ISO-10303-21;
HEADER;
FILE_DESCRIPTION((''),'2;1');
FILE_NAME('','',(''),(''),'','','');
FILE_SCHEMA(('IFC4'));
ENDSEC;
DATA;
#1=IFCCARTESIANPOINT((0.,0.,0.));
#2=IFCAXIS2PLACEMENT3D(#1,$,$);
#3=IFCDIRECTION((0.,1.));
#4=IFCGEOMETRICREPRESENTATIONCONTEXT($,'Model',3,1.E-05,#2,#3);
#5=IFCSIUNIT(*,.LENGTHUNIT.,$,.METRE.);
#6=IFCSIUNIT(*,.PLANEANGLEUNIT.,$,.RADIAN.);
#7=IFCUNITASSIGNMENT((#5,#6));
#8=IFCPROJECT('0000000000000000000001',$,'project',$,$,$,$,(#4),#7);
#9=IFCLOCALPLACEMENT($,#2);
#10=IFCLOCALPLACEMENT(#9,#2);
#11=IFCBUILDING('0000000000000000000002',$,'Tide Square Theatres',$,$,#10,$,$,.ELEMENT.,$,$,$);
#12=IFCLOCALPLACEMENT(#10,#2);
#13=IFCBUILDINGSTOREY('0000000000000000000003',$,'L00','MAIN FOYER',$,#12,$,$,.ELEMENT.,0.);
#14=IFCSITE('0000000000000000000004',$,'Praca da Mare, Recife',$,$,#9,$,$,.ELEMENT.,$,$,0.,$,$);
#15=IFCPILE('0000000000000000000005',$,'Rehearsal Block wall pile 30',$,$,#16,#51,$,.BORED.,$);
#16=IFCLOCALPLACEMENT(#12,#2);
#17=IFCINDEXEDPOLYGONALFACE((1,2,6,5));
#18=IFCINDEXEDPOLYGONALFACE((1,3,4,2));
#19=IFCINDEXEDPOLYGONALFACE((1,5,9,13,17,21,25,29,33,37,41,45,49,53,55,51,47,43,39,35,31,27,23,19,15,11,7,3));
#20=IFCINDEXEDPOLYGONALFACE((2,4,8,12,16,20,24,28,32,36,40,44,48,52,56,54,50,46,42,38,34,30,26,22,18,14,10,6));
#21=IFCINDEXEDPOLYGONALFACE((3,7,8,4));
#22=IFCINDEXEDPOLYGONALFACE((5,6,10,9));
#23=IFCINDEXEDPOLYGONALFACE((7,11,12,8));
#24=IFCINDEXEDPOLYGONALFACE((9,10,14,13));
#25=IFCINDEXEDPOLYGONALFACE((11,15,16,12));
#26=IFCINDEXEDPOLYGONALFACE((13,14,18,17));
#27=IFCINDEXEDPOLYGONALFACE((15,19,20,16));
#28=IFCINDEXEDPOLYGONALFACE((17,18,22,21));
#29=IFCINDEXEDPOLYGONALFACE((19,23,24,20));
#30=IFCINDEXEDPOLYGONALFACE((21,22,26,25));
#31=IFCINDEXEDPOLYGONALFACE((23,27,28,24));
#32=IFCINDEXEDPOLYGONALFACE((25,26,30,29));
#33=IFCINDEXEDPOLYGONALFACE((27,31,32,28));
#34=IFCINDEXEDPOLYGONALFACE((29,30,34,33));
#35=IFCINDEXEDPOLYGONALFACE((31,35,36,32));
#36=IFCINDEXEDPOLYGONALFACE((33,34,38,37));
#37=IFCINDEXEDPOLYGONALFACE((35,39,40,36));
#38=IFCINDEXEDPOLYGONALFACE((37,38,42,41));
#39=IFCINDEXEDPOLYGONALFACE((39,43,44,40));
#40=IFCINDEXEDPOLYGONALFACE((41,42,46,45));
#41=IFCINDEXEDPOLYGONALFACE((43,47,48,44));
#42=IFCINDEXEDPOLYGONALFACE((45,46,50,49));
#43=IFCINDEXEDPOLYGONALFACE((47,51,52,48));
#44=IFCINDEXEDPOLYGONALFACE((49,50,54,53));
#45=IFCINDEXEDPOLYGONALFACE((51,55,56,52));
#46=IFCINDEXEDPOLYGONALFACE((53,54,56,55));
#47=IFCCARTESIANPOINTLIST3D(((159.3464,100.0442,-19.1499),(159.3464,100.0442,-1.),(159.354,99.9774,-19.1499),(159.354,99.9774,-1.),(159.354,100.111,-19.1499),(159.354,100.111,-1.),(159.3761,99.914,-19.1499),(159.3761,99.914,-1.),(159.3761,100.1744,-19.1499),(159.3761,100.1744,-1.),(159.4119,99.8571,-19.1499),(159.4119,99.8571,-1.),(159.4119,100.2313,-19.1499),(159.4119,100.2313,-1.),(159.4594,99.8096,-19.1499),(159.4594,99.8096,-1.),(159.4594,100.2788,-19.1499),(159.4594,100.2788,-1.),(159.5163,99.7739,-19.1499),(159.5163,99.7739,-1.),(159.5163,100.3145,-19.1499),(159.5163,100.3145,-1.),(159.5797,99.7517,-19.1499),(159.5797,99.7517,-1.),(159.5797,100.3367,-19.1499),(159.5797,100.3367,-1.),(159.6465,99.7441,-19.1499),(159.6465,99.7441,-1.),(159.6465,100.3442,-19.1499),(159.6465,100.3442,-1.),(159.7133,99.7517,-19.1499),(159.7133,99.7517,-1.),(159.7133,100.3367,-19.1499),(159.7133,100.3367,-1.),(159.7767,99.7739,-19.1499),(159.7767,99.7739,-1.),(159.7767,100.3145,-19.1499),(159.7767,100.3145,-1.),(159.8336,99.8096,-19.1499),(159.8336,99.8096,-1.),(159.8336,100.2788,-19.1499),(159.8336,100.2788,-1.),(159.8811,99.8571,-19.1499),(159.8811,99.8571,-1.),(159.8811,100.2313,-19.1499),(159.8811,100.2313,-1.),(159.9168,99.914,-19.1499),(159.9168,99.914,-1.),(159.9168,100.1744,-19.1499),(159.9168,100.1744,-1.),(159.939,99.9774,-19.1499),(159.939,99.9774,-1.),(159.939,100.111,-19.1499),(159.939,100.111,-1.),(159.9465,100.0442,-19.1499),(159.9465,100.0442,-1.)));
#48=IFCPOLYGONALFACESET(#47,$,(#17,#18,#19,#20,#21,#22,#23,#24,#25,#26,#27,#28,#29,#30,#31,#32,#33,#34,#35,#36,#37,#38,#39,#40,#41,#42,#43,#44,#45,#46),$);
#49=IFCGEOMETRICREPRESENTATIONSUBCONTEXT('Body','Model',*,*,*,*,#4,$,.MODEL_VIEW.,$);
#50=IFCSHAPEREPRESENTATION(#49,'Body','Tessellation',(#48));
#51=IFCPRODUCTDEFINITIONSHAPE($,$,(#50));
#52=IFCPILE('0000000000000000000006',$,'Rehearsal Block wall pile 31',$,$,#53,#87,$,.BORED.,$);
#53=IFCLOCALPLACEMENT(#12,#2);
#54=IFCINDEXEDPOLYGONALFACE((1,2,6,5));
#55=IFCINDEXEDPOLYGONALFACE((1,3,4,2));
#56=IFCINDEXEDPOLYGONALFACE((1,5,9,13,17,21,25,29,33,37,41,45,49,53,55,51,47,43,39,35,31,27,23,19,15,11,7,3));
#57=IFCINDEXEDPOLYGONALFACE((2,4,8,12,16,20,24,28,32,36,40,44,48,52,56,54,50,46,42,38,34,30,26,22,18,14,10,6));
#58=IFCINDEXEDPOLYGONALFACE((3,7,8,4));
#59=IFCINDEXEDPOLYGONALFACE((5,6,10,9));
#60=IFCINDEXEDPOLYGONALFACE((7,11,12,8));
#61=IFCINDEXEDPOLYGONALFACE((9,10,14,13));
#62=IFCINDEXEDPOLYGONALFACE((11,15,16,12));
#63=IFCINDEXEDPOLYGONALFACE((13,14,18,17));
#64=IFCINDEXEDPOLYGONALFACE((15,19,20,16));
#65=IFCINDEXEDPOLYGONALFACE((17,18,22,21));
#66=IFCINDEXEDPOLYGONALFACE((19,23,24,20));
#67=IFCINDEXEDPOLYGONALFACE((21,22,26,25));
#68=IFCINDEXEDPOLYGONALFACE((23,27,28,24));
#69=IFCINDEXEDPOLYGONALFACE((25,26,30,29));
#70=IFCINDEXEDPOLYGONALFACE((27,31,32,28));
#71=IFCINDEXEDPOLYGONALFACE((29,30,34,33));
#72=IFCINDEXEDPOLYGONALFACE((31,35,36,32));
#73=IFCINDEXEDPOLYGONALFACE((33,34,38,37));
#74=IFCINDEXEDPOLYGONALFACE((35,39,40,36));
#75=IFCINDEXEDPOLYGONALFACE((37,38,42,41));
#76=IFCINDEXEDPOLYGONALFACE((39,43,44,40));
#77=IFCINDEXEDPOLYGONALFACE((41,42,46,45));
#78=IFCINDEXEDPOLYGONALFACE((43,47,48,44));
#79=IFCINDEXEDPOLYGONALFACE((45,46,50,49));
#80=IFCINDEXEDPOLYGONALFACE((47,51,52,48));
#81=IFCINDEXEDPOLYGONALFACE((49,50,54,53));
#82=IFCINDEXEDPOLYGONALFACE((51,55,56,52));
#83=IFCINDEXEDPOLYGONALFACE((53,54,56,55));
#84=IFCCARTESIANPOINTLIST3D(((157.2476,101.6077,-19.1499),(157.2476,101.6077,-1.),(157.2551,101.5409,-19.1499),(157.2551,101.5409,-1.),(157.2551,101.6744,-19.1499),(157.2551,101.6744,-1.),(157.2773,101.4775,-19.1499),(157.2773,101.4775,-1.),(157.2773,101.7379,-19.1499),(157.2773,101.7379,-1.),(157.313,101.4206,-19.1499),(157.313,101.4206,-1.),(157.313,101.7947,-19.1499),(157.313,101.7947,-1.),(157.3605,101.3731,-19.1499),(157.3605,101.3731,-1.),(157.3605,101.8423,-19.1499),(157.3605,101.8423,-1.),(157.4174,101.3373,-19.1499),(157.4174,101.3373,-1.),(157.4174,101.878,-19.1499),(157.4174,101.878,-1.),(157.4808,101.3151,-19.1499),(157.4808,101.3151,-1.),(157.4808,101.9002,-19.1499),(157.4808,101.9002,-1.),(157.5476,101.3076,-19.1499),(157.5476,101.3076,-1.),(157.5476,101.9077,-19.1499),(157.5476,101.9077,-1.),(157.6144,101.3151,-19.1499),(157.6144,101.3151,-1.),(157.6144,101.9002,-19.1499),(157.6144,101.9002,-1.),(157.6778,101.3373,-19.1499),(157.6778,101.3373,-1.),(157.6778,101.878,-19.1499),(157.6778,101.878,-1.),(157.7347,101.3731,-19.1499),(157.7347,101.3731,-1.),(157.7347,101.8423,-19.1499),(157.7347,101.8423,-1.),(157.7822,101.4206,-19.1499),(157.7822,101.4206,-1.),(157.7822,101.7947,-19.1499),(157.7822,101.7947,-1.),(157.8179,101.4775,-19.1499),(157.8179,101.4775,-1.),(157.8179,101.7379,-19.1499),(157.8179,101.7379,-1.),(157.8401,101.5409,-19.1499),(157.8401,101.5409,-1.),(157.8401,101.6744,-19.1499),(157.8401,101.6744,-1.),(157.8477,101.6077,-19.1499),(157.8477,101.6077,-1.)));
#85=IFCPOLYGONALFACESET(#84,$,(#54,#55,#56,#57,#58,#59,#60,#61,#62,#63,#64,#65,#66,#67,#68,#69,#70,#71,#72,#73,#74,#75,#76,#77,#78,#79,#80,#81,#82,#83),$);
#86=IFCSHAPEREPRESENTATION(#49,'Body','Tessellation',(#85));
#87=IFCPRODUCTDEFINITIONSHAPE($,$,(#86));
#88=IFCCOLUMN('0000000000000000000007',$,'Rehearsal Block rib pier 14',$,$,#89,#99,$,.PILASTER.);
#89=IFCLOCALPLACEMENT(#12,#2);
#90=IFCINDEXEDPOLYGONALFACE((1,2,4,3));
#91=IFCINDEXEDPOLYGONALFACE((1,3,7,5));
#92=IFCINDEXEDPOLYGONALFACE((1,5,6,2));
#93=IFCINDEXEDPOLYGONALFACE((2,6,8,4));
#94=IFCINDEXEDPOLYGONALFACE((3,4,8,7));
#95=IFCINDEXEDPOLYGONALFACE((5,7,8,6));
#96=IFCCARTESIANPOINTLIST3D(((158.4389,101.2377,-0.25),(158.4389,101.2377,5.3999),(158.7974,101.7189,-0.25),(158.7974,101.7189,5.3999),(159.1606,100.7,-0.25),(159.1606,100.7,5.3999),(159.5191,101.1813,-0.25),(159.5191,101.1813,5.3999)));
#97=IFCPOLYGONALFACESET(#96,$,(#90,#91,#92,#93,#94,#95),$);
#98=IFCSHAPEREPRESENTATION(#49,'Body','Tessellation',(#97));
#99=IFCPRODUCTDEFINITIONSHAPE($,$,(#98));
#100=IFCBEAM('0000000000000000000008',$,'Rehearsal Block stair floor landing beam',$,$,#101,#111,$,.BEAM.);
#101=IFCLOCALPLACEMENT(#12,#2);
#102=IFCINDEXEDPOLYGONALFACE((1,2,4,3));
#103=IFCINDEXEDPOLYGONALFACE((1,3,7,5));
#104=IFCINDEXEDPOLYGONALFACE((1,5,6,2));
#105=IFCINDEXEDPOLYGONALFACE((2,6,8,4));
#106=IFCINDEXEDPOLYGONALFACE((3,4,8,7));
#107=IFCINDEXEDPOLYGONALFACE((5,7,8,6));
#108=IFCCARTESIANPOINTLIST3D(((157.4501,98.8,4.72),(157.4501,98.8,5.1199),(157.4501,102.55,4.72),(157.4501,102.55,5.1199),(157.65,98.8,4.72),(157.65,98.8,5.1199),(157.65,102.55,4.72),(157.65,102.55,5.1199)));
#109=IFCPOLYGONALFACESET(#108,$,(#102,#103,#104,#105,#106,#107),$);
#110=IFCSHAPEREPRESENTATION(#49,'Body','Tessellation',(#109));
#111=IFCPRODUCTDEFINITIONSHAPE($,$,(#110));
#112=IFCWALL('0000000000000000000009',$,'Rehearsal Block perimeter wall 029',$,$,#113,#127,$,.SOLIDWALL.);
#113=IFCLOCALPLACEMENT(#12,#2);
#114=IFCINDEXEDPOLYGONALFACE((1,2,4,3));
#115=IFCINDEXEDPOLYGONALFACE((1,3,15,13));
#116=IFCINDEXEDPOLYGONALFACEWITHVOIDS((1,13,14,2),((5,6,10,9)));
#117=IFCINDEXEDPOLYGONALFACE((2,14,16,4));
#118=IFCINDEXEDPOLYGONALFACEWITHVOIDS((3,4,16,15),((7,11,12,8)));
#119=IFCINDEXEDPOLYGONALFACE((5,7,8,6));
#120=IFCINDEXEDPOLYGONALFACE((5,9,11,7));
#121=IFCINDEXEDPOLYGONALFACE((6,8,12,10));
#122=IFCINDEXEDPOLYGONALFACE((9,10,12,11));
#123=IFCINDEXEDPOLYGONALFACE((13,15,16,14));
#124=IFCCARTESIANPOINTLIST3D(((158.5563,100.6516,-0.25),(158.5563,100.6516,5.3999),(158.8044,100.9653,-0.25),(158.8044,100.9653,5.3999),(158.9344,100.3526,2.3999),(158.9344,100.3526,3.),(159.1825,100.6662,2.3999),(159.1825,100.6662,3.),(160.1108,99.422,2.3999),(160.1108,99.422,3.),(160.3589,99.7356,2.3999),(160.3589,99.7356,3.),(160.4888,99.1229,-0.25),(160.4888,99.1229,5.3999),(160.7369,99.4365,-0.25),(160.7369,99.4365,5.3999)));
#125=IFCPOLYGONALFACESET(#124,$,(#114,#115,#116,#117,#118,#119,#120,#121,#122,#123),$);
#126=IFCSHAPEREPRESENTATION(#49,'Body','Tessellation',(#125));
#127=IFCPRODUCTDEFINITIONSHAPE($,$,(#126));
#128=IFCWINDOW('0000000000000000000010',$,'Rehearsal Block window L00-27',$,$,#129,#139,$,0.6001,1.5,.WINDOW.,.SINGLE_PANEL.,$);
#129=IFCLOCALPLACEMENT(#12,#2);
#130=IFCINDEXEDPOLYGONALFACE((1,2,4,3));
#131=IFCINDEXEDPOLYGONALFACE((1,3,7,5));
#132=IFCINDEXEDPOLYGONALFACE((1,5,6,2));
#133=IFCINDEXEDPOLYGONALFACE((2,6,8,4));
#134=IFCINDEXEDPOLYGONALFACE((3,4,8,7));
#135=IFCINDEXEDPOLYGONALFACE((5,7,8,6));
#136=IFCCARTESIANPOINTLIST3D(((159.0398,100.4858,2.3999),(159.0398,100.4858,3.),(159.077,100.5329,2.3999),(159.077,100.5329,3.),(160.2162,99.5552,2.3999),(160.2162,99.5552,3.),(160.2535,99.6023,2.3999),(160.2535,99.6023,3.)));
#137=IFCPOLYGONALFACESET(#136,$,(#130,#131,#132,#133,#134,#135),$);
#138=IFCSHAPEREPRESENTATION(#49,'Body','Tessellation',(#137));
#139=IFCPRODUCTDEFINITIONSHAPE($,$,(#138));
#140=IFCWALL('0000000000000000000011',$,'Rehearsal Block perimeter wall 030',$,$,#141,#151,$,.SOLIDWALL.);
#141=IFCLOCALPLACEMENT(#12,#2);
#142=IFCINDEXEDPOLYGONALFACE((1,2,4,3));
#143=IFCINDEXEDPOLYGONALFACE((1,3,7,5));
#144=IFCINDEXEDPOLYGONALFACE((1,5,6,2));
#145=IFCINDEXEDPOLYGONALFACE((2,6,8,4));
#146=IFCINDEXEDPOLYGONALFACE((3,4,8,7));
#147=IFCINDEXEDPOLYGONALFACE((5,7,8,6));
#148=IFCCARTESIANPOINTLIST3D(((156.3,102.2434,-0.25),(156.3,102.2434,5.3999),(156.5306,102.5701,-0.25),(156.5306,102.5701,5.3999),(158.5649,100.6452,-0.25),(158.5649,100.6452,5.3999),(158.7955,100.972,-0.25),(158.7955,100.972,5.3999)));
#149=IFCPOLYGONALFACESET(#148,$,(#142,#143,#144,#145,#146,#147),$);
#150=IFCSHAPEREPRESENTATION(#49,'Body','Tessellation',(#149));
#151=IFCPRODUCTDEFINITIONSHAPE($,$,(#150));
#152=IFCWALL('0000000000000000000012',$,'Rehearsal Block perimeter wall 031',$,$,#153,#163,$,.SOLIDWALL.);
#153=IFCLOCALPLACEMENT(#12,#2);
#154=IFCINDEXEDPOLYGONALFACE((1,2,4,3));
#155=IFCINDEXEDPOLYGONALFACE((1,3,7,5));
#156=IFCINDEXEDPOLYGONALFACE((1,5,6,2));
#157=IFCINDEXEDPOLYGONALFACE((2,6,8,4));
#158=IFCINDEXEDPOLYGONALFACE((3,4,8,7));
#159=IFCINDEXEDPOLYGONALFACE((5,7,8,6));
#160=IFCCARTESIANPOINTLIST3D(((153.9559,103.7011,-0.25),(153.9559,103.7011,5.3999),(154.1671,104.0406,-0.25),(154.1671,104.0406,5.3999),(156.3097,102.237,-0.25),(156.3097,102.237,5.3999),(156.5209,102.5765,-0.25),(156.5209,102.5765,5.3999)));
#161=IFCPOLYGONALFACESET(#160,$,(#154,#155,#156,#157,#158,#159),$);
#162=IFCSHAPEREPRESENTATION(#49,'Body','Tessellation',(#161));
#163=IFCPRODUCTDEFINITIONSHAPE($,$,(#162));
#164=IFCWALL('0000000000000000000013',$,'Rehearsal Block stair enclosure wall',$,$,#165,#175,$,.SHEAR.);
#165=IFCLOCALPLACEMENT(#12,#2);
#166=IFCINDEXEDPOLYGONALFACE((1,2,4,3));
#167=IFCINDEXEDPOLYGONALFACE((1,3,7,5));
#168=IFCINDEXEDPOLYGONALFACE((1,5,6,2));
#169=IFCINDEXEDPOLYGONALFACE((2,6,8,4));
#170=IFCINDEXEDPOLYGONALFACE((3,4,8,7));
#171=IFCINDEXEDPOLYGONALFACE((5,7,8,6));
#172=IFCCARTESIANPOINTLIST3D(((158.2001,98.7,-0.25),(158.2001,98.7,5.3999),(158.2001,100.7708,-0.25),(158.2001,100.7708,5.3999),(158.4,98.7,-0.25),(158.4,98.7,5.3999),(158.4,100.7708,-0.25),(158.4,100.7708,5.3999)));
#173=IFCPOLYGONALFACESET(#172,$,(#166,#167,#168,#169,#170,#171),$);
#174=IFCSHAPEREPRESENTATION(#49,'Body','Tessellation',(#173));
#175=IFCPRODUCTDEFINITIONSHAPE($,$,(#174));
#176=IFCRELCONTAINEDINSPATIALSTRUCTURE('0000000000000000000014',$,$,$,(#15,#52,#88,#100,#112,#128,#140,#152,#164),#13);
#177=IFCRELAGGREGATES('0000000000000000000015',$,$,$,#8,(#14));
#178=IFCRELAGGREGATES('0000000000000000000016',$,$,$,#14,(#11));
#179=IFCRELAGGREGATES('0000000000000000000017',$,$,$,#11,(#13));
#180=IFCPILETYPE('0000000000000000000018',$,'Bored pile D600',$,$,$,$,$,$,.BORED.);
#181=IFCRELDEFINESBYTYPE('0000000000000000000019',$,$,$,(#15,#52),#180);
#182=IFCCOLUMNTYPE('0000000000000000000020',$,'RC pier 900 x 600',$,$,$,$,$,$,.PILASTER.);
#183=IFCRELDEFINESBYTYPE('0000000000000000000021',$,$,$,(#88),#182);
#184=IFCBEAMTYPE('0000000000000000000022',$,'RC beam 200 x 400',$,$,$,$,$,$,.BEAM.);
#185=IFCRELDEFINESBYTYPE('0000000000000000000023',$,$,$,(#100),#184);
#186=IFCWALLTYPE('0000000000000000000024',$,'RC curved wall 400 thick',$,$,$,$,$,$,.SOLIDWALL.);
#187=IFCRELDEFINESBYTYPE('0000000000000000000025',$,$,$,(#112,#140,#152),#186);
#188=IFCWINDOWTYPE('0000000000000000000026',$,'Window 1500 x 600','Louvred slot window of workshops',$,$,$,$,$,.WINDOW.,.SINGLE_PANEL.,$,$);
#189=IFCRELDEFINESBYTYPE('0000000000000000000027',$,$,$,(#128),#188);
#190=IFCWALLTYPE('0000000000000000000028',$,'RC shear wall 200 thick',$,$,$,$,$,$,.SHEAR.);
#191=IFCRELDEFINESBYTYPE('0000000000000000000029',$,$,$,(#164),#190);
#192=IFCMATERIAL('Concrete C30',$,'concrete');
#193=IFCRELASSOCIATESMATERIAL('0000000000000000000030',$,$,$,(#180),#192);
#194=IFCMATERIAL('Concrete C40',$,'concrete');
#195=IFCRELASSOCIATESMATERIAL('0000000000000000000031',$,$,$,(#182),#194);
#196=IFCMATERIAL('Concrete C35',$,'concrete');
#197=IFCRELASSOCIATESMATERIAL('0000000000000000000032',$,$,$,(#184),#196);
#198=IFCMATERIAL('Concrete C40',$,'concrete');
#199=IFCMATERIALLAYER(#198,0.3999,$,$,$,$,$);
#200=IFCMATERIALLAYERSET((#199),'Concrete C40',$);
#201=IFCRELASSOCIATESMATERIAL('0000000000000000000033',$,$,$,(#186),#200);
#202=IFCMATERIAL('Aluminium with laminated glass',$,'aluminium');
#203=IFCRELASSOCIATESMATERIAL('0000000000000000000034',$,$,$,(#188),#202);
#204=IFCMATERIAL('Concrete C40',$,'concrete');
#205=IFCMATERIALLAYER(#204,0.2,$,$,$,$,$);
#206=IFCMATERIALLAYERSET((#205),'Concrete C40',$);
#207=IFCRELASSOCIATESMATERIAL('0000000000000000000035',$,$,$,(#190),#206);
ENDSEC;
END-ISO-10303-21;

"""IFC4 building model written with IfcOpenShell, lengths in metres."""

from ifc_helpers import new_model, si_unit, direction, frame, frame_2d, origin, origin_2d, place, context, subcontext, project, spatial, rectangle, circle, extrude, material, layer, layer_set, material_profile, profile_set, type_object, element, fill, save


model = new_model("IFC4")

# Units and contexts
model_context = context("Model", 3, precision=1e-05, world=origin(), true_north=direction((0.0, 1.0)))
body_context = subcontext(model_context, "Body", "Model", "MODEL_VIEW")
ifc_project = project(units=[si_unit("LENGTHUNIT", "METRE"), si_unit("PLANEANGLEUNIT", "RADIAN")], contexts=[model_context])

# Site, building, storey
site_placement = place(None, origin())
site = spatial("IfcSite", under=ifc_project, at=site_placement, Name="Praca da Mare, Recife", CompositionType="ELEMENT", RefElevation=0.0)
building_placement = place(site_placement, origin())
building = spatial("IfcBuilding", under=site, at=building_placement, Name="Tide Square Theatres", CompositionType="ELEMENT")
storey_placement = place(building_placement, origin())
storey = spatial("IfcBuildingStorey", under=building, at=storey_placement, Name="L00", Description="MAIN FOYER", CompositionType="ELEMENT", Elevation=0.0)

# Piles
ifc_material_1 = material(Name="Concrete C30", Category="concrete")
ifc_material_profile_1 = material_profile(ifc_material_1, circle(Radius=0.3, at=origin_2d()))
ifc_profile_set_1 = profile_set([ifc_material_profile_1], Name="Concrete C30")
pile_type = type_object("IfcPileType", Name="Bored pile D600", PredefinedType="BORED", material=ifc_profile_set_1)
for number, where, z_axis, x_axis, name in (
    (1, (159.6465, 100.0442, -1.0), (0.0, 0.0, -1.0), (1.0, 0.0, 0.0), "Rehearsal Block wall pile 30"),
    (2, (157.5476, 101.6077, -1.0), (0.0, 0.0, -1.0), (1.0, 0.0, 0.0), "Rehearsal Block wall pile 31"),
):
    element("IfcPile", number, at=place(storey_placement, frame(where, z_axis=z_axis, x_axis=x_axis)), inside=storey, type_object=pile_type, Name=name, PredefinedType="BORED", context=body_context, shape_type="SweptSolid", body=[
        extrude(circle(Radius=0.3, at=origin_2d()), origin(), (0.0, 0.0, 1.0), 18.1499),
    ])

# Column
ifc_material_2 = material(Name="Concrete C40", Category="concrete")
ifc_material_profile_2 = material_profile(ifc_material_2, rectangle(XDim=0.8999, YDim=0.6001, at=origin_2d()))
ifc_profile_set_2 = profile_set([ifc_material_profile_2], Name="Concrete C40")
column_type = type_object("IfcColumnType", Name="RC pier 900 x 600", PredefinedType="PILASTER", material=ifc_profile_set_2)
column_placement = place(storey_placement, frame((158.979, 101.2095, -0.25), z_axis=(0.0, 0.0, 1.0), x_axis=(-0.801928, 0.597421, 0.0)))
element("IfcColumn", 3, at=column_placement, inside=storey, type_object=column_type, Name="Rehearsal Block rib pier 14", PredefinedType="PILASTER", context=body_context, shape_type="SweptSolid", body=[
    extrude(rectangle(XDim=0.8999, YDim=0.6001, at=origin_2d()), origin(), (0.0, 0.0, 1.0), 5.6499),
])

# Beam
ifc_material_3 = material(Name="Concrete C35", Category="concrete")
ifc_material_profile_3 = material_profile(ifc_material_3, rectangle(XDim=0.2, YDim=0.3999, at=origin_2d()))
ifc_profile_set_3 = profile_set([ifc_material_profile_3], Name="Concrete C35")
beam_type = type_object("IfcBeamType", Name="RC beam 200 x 400", PredefinedType="BEAM", material=ifc_profile_set_3)
beam_placement = place(storey_placement, frame((157.55, 102.55, 4.9199), z_axis=(0.0, -1.0, 0.0), x_axis=(1.0, 0.0, 0.0)))
element("IfcBeam", 4, at=beam_placement, inside=storey, type_object=beam_type, Name="Rehearsal Block stair floor landing beam", PredefinedType="BEAM", context=body_context, shape_type="SweptSolid", body=[
    extrude(rectangle(XDim=0.2, YDim=0.3999, at=origin_2d()), origin(), (0.0, 0.0, 1.0), 3.75),
])

# Wall, opening, window
ifc_material_4 = material(Name="Concrete C40", Category="concrete")
ifc_layer_1 = layer(ifc_material_4, 0.3999)
ifc_layer_set_1 = layer_set([ifc_layer_1], Name="Concrete C40")
wall_type_1 = type_object("IfcWallType", Name="RC curved wall 400 thick", PredefinedType="SOLIDWALL", material=ifc_layer_set_1)
wall_1_placement = place(storey_placement, frame((160.6128, 99.2798, -0.25), z_axis=(0.0, 0.0, 1.0), x_axis=(-0.784279, 0.620409, 0.0)))
wall_1 = element("IfcWall", 5, at=wall_1_placement, inside=storey, type_object=wall_type_1, Name="Rehearsal Block perimeter wall 029", PredefinedType="SOLIDWALL", context=body_context, shape_type="SweptSolid", body=[
    extrude(rectangle(XDim=2.4641, YDim=0.3999, at=frame_2d((1.2319, 0.0))), origin(), (0.0, 0.0, 1.0), 5.6499),
])
opening_1_placement = place(wall_1_placement, frame((0.4819, 0.0, 2.6499)))
opening_1 = element("IfcOpeningElement", 6, at=opening_1_placement, cuts=wall_1, PredefinedType="OPENING", context=body_context, shape_type="SweptSolid", body=[
    extrude(rectangle(XDim=1.5, YDim=0.6001, at=frame_2d((0.75, 0.3))), frame((0.0, 0.21, 0.0), z_axis=(0.0, -1.0, 0.0), x_axis=(1.0, 0.0, 0.0)), (0.0, 0.0, 1.0), 0.4199),
])
ifc_material_5 = material(Name="Aluminium with laminated glass", Category="aluminium")
window_type = type_object("IfcWindowType", Name="Window 1500 x 600", Description="Louvred slot window of workshops", PartitioningType="SINGLE_PANEL", PredefinedType="WINDOW", material=ifc_material_5)
window_placement = place(opening_1_placement, origin())
window = element("IfcWindow", 7, at=window_placement, inside=storey, type_object=window_type, Name="Rehearsal Block window L00-27", OverallHeight=0.6001, OverallWidth=1.5, PartitioningType="SINGLE_PANEL", PredefinedType="WINDOW", context=body_context, shape_type="SweptSolid", body=[
    extrude(rectangle(XDim=1.5, YDim=0.6001, at=frame_2d((0.75, 0.3))), frame((0.0, 0.03, 0.0), z_axis=(0.0, -1.0, 0.0), x_axis=(1.0, 0.0, 0.0)), (0.0, 0.0, 1.0), 0.0601),
])
fill(opening_1, window)

# Walls
for number, where, z_axis, x_axis, name in (
    (8, (158.6802, 100.8086, -0.25), (0.0, 0.0, 1.0), (-0.81707, 0.576538, 0.0), "Rehearsal Block perimeter wall 030"),
    (9, (156.4153, 102.4067, -0.25), (0.0, 0.0, 1.0), (-0.849129, 0.528185, 0.0), "Rehearsal Block perimeter wall 031"),
):
    element("IfcWall", number, at=place(storey_placement, frame(where, z_axis=z_axis, x_axis=x_axis)), inside=storey, type_object=wall_type_1, Name=name, PredefinedType="SOLIDWALL", context=body_context, shape_type="SweptSolid", body=[
        extrude(rectangle(XDim=2.772, YDim=0.3999, at=frame_2d((1.386, 0.0))), origin(), (0.0, 0.0, 1.0), 5.6499),
    ])
ifc_material_6 = material(Name="Concrete C40", Category="concrete")
ifc_layer_2 = layer(ifc_material_6, 0.2)
ifc_layer_set_2 = layer_set([ifc_layer_2], Name="Concrete C40")
wall_type_2 = type_object("IfcWallType", Name="RC shear wall 200 thick", PredefinedType="SHEAR", material=ifc_layer_set_2)
wall_2_placement = place(storey_placement, frame((158.3, 100.7708, -0.25), z_axis=(0.0, 0.0, 1.0), x_axis=(0.0, -1.0, 0.0)))
element("IfcWall", 10, at=wall_2_placement, inside=storey, type_object=wall_type_2, Name="Rehearsal Block stair enclosure wall", PredefinedType="SHEAR", context=body_context, shape_type="SweptSolid", body=[
    extrude(rectangle(XDim=2.0708, YDim=0.2, at=frame_2d((1.0354, 0.0))), origin(), (0.0, 0.0, 1.0), 5.6499),
])

save(model, "model.ifc")
